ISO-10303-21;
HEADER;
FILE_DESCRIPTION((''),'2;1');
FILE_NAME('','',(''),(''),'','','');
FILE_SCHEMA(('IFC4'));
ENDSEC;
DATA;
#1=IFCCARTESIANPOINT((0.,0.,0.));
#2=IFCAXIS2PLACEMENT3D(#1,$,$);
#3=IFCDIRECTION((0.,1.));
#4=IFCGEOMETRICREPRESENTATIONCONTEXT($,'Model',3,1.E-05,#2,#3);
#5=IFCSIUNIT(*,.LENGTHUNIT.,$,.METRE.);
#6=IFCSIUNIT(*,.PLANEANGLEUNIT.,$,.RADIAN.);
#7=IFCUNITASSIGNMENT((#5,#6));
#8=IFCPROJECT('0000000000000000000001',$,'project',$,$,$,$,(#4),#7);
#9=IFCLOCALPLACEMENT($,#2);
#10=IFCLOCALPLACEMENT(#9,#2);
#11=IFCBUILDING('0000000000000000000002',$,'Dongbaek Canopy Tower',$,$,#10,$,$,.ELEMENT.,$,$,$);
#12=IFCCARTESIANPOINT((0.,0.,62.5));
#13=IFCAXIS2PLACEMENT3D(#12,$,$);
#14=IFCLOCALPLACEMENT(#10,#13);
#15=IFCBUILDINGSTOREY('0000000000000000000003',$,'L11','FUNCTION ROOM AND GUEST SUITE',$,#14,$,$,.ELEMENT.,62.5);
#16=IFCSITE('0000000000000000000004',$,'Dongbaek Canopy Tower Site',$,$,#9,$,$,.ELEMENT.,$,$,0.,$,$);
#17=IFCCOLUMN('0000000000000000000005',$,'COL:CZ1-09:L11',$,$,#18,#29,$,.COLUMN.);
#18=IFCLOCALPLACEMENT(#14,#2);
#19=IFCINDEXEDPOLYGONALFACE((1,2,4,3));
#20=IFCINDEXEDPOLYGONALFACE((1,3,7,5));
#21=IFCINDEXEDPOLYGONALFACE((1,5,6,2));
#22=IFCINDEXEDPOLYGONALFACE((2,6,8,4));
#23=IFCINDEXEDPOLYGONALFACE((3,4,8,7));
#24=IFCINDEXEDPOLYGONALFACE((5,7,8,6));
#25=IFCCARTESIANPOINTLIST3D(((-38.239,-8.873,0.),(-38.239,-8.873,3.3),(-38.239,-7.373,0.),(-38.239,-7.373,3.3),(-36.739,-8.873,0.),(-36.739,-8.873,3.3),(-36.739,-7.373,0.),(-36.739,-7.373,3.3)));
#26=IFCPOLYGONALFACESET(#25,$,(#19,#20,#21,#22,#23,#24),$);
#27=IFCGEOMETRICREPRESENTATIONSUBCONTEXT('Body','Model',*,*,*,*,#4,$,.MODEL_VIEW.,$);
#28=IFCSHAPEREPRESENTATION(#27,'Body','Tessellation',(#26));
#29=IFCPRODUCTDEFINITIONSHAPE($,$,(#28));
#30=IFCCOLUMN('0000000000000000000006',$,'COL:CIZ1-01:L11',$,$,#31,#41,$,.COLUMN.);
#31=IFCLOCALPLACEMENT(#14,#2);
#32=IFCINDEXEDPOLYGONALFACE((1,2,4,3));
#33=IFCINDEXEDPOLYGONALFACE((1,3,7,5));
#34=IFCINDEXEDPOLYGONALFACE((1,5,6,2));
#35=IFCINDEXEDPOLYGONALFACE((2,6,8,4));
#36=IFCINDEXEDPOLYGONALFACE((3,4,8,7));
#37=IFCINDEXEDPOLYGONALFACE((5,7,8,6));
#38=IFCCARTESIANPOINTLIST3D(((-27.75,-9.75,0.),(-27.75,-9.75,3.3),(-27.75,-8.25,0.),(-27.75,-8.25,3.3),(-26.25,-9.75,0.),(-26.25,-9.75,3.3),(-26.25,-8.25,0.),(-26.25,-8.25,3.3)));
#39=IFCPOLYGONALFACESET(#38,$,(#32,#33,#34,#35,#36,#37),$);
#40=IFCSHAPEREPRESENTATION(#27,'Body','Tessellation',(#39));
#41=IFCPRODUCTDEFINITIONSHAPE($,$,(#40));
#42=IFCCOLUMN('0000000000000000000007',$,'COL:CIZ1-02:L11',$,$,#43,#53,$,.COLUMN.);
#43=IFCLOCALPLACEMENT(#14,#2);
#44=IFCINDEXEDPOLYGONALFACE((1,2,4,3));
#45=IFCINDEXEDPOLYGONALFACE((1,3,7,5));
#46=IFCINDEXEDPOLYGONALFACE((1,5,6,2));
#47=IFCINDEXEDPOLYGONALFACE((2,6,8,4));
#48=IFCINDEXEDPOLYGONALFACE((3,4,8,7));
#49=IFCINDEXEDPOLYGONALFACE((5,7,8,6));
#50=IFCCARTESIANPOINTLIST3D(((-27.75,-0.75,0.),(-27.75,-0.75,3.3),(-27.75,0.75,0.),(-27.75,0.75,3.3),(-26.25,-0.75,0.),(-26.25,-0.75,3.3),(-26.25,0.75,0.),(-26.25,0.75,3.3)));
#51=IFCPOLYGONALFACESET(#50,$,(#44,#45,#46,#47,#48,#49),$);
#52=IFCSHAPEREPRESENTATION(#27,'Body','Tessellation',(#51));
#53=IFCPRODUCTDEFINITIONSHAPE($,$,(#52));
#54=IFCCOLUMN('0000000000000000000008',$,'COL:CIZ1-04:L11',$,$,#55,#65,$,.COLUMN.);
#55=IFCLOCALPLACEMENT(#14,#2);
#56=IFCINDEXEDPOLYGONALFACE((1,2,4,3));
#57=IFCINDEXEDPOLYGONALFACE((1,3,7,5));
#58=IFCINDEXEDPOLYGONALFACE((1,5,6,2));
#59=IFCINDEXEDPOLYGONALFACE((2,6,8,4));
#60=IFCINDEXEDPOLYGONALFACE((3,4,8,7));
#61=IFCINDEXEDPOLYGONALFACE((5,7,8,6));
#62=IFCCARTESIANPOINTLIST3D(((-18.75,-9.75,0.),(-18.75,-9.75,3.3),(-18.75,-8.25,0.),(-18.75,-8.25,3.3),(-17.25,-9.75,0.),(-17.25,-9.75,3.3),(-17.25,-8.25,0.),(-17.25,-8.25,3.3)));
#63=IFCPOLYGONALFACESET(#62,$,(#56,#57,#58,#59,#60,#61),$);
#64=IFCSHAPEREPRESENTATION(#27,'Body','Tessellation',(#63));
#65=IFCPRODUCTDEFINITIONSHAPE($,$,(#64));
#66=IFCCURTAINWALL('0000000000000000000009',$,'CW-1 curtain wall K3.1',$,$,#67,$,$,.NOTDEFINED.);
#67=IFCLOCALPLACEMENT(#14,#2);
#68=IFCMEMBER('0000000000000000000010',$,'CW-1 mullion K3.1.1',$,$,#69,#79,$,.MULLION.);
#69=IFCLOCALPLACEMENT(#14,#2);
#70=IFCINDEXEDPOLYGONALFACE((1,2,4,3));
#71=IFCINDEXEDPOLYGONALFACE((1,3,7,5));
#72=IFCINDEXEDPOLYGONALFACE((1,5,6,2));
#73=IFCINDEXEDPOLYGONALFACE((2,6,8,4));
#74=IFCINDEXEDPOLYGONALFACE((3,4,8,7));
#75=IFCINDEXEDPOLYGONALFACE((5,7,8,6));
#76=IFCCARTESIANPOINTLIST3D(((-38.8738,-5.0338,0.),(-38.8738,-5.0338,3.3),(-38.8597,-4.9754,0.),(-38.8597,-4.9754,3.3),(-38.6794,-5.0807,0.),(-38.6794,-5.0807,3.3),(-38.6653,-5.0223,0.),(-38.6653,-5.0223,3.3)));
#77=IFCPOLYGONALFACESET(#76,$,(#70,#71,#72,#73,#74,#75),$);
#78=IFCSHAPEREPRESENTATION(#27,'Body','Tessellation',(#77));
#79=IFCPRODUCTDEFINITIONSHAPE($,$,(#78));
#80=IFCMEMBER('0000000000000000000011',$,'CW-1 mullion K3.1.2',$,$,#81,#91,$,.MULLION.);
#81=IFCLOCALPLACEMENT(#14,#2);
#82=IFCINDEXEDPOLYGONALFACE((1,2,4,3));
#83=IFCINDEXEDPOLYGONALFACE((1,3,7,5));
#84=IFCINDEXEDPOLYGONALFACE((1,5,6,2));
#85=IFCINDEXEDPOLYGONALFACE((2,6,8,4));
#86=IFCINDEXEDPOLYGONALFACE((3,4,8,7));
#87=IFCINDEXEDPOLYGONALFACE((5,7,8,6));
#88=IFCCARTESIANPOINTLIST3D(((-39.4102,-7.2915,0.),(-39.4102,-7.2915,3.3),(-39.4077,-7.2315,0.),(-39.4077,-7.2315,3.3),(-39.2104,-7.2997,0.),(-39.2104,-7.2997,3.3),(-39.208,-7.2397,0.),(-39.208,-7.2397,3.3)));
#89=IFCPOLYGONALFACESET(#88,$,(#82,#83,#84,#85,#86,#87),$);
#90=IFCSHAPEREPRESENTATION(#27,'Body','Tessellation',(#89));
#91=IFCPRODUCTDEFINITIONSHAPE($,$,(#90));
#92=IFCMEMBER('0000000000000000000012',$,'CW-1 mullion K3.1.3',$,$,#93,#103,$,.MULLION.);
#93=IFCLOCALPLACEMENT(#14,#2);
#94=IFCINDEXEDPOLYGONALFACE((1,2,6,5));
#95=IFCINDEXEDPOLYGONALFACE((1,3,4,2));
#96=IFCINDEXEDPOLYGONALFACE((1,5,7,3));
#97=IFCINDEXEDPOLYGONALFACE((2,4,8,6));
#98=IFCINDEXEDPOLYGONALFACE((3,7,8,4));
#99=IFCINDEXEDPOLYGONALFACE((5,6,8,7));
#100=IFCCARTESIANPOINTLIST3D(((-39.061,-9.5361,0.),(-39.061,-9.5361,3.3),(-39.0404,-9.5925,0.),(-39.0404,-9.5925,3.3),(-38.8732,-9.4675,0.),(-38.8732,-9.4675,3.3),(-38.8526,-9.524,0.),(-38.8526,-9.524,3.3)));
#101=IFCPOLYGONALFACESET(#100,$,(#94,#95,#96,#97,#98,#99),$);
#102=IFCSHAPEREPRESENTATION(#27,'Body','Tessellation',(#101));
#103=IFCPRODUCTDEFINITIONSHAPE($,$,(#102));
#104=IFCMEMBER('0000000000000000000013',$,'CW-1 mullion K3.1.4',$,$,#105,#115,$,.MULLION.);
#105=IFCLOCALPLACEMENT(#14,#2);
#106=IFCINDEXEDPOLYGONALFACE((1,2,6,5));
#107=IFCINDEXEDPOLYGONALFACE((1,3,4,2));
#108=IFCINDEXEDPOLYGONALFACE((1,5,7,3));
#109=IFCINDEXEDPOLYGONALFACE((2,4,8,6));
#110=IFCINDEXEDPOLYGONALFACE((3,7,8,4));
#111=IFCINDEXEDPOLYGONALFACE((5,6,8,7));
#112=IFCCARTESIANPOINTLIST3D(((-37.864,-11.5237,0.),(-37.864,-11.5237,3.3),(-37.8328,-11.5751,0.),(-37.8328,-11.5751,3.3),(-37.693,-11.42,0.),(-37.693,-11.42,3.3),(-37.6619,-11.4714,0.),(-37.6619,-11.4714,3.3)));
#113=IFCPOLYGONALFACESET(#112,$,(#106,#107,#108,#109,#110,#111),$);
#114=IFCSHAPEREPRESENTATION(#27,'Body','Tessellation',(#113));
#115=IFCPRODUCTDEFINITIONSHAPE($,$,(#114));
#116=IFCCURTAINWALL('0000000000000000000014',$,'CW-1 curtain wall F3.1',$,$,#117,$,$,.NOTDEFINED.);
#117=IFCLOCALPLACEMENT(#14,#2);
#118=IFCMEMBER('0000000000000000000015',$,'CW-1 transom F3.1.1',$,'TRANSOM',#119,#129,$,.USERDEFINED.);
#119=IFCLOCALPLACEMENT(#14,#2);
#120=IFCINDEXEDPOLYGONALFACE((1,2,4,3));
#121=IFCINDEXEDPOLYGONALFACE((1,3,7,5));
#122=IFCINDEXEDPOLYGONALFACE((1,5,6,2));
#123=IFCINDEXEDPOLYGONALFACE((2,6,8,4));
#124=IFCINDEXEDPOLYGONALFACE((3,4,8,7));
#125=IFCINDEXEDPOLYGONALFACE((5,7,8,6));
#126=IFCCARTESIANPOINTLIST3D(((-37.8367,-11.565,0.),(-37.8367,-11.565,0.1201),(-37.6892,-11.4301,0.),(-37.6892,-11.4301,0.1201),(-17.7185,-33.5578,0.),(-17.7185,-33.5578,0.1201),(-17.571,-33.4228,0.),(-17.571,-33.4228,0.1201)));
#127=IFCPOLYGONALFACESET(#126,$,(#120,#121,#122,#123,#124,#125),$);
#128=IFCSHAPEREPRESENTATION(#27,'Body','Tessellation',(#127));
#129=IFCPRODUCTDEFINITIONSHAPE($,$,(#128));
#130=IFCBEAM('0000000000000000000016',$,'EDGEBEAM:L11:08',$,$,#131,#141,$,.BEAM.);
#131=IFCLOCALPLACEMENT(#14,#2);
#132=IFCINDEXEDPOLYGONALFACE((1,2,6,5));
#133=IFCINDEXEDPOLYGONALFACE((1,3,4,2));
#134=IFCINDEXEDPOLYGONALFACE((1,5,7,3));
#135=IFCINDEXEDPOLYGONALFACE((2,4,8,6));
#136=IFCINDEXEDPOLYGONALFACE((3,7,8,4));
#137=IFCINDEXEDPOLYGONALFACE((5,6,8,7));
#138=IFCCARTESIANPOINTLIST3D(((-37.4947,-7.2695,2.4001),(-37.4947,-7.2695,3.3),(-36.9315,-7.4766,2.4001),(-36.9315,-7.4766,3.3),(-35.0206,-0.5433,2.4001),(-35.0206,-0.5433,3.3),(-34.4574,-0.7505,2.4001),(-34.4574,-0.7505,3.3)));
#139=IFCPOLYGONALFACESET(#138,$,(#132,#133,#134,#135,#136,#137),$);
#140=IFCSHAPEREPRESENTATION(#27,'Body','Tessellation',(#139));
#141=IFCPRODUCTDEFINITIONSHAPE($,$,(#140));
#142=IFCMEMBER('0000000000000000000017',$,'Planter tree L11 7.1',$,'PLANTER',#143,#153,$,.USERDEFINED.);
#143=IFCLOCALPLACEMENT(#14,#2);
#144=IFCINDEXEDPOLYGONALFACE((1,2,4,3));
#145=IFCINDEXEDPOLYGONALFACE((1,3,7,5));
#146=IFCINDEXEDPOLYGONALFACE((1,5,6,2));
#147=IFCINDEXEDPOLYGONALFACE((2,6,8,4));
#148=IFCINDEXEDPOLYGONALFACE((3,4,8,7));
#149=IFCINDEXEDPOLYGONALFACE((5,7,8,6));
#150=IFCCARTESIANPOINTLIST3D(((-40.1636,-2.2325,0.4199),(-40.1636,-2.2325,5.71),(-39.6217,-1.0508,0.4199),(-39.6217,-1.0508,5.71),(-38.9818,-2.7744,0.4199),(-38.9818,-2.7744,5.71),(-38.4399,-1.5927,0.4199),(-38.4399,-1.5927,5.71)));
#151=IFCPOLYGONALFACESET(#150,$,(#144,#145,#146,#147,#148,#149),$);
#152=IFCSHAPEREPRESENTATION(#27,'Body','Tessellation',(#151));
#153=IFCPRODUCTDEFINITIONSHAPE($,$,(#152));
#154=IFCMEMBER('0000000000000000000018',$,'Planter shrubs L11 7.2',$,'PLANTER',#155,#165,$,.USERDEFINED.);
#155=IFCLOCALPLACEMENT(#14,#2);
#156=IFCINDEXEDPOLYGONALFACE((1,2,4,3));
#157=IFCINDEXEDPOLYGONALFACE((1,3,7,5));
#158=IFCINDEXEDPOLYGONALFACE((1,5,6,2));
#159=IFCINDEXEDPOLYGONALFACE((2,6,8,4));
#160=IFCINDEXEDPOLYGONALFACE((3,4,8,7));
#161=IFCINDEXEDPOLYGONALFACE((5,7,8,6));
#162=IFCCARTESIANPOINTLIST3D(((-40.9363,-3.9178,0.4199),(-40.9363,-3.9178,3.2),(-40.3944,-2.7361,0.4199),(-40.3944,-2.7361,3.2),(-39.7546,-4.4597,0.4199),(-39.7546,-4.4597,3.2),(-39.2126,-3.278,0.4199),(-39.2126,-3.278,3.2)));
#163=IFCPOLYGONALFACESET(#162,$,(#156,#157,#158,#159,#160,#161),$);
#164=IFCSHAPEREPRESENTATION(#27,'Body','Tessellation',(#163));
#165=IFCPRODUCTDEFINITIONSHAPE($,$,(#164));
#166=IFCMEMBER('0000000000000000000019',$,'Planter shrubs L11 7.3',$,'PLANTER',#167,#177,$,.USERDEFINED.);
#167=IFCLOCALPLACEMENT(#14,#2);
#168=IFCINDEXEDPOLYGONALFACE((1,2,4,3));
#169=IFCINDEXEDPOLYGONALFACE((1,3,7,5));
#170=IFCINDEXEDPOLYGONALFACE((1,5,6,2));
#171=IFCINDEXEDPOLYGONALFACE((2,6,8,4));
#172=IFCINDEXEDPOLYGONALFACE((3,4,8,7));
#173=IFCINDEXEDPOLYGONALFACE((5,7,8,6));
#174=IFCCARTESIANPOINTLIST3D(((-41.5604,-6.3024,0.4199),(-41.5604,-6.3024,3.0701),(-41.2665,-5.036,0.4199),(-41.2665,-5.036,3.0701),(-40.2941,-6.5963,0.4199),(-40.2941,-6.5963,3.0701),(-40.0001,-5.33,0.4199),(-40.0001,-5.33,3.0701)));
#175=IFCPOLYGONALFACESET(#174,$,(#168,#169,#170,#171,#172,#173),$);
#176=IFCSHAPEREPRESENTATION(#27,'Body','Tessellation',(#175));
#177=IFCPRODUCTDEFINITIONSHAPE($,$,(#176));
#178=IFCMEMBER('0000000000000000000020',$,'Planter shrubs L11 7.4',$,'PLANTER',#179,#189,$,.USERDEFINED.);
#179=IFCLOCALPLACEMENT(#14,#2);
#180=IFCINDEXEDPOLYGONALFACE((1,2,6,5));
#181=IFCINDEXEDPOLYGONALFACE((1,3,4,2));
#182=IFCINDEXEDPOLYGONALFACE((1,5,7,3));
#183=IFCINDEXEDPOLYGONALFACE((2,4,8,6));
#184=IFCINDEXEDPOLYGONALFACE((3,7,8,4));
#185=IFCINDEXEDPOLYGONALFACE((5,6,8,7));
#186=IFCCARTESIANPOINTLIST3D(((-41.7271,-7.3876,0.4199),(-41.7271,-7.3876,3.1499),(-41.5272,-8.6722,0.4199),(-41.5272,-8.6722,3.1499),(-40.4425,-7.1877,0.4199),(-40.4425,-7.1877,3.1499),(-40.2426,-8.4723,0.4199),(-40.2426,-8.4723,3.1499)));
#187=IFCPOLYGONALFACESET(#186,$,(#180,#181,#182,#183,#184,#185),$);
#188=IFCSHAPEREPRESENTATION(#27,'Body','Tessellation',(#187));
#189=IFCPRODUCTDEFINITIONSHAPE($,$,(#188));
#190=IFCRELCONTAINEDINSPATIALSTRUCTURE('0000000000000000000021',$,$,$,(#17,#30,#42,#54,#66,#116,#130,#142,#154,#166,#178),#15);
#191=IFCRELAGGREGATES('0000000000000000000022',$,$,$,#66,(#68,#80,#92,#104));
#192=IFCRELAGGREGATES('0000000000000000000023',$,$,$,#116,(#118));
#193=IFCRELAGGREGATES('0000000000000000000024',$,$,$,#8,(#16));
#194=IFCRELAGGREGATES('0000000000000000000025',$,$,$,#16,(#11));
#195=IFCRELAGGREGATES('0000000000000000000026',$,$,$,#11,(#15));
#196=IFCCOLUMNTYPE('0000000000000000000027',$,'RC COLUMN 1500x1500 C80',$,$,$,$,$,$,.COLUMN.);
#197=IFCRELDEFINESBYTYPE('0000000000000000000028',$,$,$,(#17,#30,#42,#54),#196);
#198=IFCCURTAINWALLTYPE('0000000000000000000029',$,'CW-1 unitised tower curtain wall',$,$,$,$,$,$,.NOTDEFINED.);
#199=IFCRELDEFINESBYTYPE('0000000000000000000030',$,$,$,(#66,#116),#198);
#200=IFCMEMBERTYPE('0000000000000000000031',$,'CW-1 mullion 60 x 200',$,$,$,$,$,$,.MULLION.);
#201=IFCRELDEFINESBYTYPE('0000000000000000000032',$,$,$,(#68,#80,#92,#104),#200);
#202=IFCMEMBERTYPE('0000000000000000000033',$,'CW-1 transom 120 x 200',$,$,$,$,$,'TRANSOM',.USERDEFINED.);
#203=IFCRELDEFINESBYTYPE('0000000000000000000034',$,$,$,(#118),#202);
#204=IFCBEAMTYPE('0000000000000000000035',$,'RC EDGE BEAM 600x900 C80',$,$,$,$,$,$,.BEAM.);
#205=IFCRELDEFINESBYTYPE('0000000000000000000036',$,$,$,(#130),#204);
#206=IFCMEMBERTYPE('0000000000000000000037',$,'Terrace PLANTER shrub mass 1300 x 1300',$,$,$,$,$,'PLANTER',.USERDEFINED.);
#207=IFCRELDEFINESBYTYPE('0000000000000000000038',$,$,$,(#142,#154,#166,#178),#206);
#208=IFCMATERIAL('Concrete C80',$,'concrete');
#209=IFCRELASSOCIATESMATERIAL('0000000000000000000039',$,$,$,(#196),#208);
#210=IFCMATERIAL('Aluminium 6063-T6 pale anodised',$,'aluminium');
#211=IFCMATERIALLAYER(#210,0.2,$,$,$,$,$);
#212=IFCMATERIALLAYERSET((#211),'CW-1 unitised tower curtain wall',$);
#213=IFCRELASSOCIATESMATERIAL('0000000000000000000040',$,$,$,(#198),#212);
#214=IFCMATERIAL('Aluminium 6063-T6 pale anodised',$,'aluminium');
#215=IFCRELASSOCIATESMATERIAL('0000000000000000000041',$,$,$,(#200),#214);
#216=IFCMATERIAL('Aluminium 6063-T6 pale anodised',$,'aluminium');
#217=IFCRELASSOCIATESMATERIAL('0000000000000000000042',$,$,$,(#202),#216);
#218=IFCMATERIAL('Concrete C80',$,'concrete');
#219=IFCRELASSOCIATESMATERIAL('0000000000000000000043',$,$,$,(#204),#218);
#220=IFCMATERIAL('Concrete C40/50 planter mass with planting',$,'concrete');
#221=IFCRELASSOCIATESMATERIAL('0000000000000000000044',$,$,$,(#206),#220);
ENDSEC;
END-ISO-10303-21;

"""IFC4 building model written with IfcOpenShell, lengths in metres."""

from ifc_helpers import new_model, si_unit, direction, frame, origin, origin_2d, place, context, subcontext, project, spatial, rectangle, extrude, material, layer, layer_set, material_profile, profile_set, type_object, element, aggregate, save


model = new_model("IFC4")

# Units and contexts
model_context = context("Model", 3, precision=1e-05, world=origin(), true_north=direction((0.0, 1.0)))
body_context = subcontext(model_context, "Body", "Model", "MODEL_VIEW")
ifc_project = project(units=[si_unit("LENGTHUNIT", "METRE"), si_unit("PLANEANGLEUNIT", "RADIAN")], contexts=[model_context])

# Site, building, storey
site_placement = place(None, origin())
site = spatial("IfcSite", under=ifc_project, at=site_placement, Name="Dongbaek Canopy Tower Site", CompositionType="ELEMENT", RefElevation=0.0)
building_placement = place(site_placement, origin())
building = spatial("IfcBuilding", under=site, at=building_placement, Name="Dongbaek Canopy Tower", CompositionType="ELEMENT")
storey_placement = place(building_placement, frame((0.0, 0.0, 62.5)))
storey = spatial("IfcBuildingStorey", under=building, at=storey_placement, Name="L11", Description="FUNCTION ROOM AND GUEST SUITE", CompositionType="ELEMENT", Elevation=62.5)

# Columns
ifc_material_1 = material(Name="Concrete C80", Category="concrete")
ifc_material_profile_1 = material_profile(ifc_material_1, rectangle(XDim=1.5, YDim=1.5, at=origin_2d()), Name="RC COLUMN 1500x1500 C80")
ifc_profile_set_1 = profile_set([ifc_material_profile_1], Name="Concrete C80")
column_type = type_object("IfcColumnType", Name="RC COLUMN 1500x1500 C80", PredefinedType="COLUMN", material=ifc_profile_set_1)
for number, where, z_axis, x_axis, name in (
    (1, (-37.489, -8.123, 0.0), (0.0, 0.0, 1.0), (1.0, 0.0, 0.0), "COL:CZ1-09:L11"),
    (2, (-27.0, -9.0, 0.0), (0.0, 0.0, 1.0), (1.0, 0.0, 0.0), "COL:CIZ1-01:L11"),
    (3, (-27.0, 0.0, 0.0), (0.0, 0.0, 1.0), (1.0, 0.0, 0.0), "COL:CIZ1-02:L11"),
    (4, (-18.0, -9.0, 0.0), (0.0, 0.0, 1.0), (1.0, 0.0, 0.0), "COL:CIZ1-04:L11"),
):
    element("IfcColumn", number, at=place(storey_placement, frame(where, z_axis=z_axis, x_axis=x_axis)), inside=storey, type_object=column_type, Name=name, PredefinedType="COLUMN", context=body_context, shape_type="SweptSolid", body=[
        extrude(rectangle(XDim=1.5, YDim=1.5, at=origin_2d()), origin(), (0.0, 0.0, 1.0), 3.3),
    ])

# Curtain wall, members
ifc_material_2 = material(Name="Aluminium 6063-T6 pale anodised", Category="aluminium")
ifc_layer_1 = layer(ifc_material_2, 0.2)
ifc_layer_set_1 = layer_set([ifc_layer_1], Name="CW-1 unitised tower curtain wall")
curtain_wall_type = type_object("IfcCurtainWallType", Name="CW-1 unitised tower curtain wall", PredefinedType="NOTDEFINED", material=ifc_layer_set_1)
curtain_wall_1_placement = place(storey_placement, origin())
curtain_wall_1 = element("IfcCurtainWall", 5, at=curtain_wall_1_placement, inside=storey, type_object=curtain_wall_type, Name="CW-1 curtain wall K3.1", PredefinedType="NOTDEFINED")
ifc_material_3 = material(Name="Aluminium 6063-T6 pale anodised", Category="aluminium")
ifc_material_profile_2 = material_profile(ifc_material_3, rectangle(XDim=0.2, YDim=0.0601, at=origin_2d()), Name="CW-1 mullion 60 x 200")
ifc_profile_set_2 = profile_set([ifc_material_profile_2], Name="Aluminium 6063-T6 pale anodised")
member_type_1 = type_object("IfcMemberType", Name="CW-1 mullion 60 x 200", PredefinedType="MULLION", material=ifc_profile_set_2)
member_1_placement = place(storey_placement, frame((-38.7695, -5.0281, 0.0), z_axis=(0.0, 0.0, 1.0), x_axis=(-0.972134, 0.234426, 0.0)))
member_1 = element("IfcMember", 6, at=member_1_placement, type_object=member_type_1, Name="CW-1 mullion K3.1.1", PredefinedType="MULLION", context=body_context, shape_type="SweptSolid", body=[
    extrude(rectangle(XDim=0.2, YDim=0.0601, at=origin_2d()), origin(), (0.0, 0.0, 1.0), 3.3),
])
member_2_placement = place(storey_placement, frame((-39.3091, -7.2656, 0.0), z_axis=(0.0, 0.0, 1.0), x_axis=(-0.999155, 0.041109, 0.0)))
member_2 = element("IfcMember", 7, at=member_2_placement, type_object=member_type_1, Name="CW-1 mullion K3.1.2", PredefinedType="MULLION", context=body_context, shape_type="SweptSolid", body=[
    extrude(rectangle(XDim=0.2, YDim=0.0601, at=origin_2d()), origin(), (0.0, 0.0, 1.0), 3.3),
])
member_3_placement = place(storey_placement, frame((-38.9568, -9.53, 0.0), z_axis=(0.0, 0.0, 1.0), x_axis=(-0.939409, -0.342799, 0.0)))
member_3 = element("IfcMember", 8, at=member_3_placement, type_object=member_type_1, Name="CW-1 mullion K3.1.3", PredefinedType="MULLION", context=body_context, shape_type="SweptSolid", body=[
    extrude(rectangle(XDim=0.2, YDim=0.0601, at=origin_2d()), origin(), (0.0, 0.0, 1.0), 3.3),
])
member_4_placement = place(storey_placement, frame((-37.7629, -11.4976, 0.0), z_axis=(0.0, 0.0, 1.0), x_axis=(-0.854919, -0.518762, 0.0)))
member_4 = element("IfcMember", 9, at=member_4_placement, type_object=member_type_1, Name="CW-1 mullion K3.1.4", PredefinedType="MULLION", context=body_context, shape_type="SweptSolid", body=[
    extrude(rectangle(XDim=0.2, YDim=0.0601, at=origin_2d()), origin(), (0.0, 0.0, 1.0), 3.3),
])

# Curtain wall, member
curtain_wall_2_placement = place(storey_placement, origin())
curtain_wall_2 = element("IfcCurtainWall", 10, at=curtain_wall_2_placement, inside=storey, type_object=curtain_wall_type, Name="CW-1 curtain wall F3.1", PredefinedType="NOTDEFINED")
ifc_material_4 = material(Name="Aluminium 6063-T6 pale anodised", Category="aluminium")
ifc_material_profile_3 = material_profile(ifc_material_4, rectangle(XDim=0.2, YDim=0.1201, at=origin_2d()), Name="CW-1 transom 120 x 200")
ifc_profile_set_3 = profile_set([ifc_material_profile_3], Name="Aluminium 6063-T6 pale anodised")
member_type_2 = type_object("IfcMemberType", Name="CW-1 transom 120 x 200", ElementType="TRANSOM", PredefinedType="USERDEFINED", material=ifc_profile_set_3)
member_5_placement = place(storey_placement, frame((-37.7629, -11.4976, 0.0601), z_axis=(0.674962, -0.737852, 0.0), x_axis=(0.737852, 0.674962, 0.0)))
member_5 = element("IfcMember", 11, at=member_5_placement, type_object=member_type_2, Name="CW-1 transom F3.1.1", ObjectType="TRANSOM", PredefinedType="USERDEFINED", context=body_context, shape_type="SweptSolid", body=[
    extrude(rectangle(XDim=0.2, YDim=0.1201, at=origin_2d()), origin(), (0.0, 0.0, 1.0), 29.8064),
])

# Beam
ifc_material_5 = material(Name="Concrete C80", Category="concrete")
ifc_material_profile_4 = material_profile(ifc_material_5, rectangle(XDim=0.6001, YDim=0.8999, at=origin_2d()), Name="RC EDGE BEAM 600x900 C80")
ifc_profile_set_4 = profile_set([ifc_material_profile_4], Name="Concrete C80")
beam_type = type_object("IfcBeamType", Name="RC EDGE BEAM 600x900 C80", PredefinedType="BEAM", material=ifc_profile_set_4)
beam_placement = place(storey_placement, frame((-37.2131, -7.373, 2.8501), z_axis=(0.345225, 0.93852, 0.0), x_axis=(-0.93852, 0.345225, 0.0)))
element("IfcBeam", 12, at=beam_placement, inside=storey, type_object=beam_type, Name="EDGEBEAM:L11:08", PredefinedType="BEAM", context=body_context, shape_type="SweptSolid", body=[
    extrude(rectangle(XDim=0.6001, YDim=0.8999, at=origin_2d()), origin(), (0.0, 0.0, 1.0), 7.1667),
])

# Members
ifc_material_6 = material(Name="Concrete C40/50 planter mass with planting", Category="concrete")
ifc_material_profile_5 = material_profile(ifc_material_6, rectangle(XDim=1.3, YDim=1.3, at=origin_2d()), Name="Terrace PLANTER shrub mass 1300 x 1300")
ifc_profile_set_5 = profile_set([ifc_material_profile_5], Name="Concrete C40/50 planter mass with planting")
member_type_3 = type_object("IfcMemberType", Name="Terrace PLANTER shrub mass 1300 x 1300", ElementType="PLANTER", PredefinedType="USERDEFINED", material=ifc_profile_set_5)
member_6_placement = place(storey_placement, frame((-39.3018, -1.9126, 0.4199), z_axis=(0.0, 0.0, 1.0), x_axis=(-0.908982, 0.416834, 0.0)))
element("IfcMember", 13, at=member_6_placement, inside=storey, type_object=member_type_3, Name="Planter tree L11 7.1", ObjectType="PLANTER", PredefinedType="USERDEFINED", context=body_context, shape_type="SweptSolid", body=[
    extrude(rectangle(XDim=1.3, YDim=1.3, at=origin_2d()), origin(), (0.0, 0.0, 1.0), 5.29),
])
member_7_placement = place(storey_placement, frame((-40.0745, -3.5979, 0.4199), z_axis=(0.0, 0.0, 1.0), x_axis=(-0.908982, 0.416834, 0.0)))
element("IfcMember", 14, at=member_7_placement, inside=storey, type_object=member_type_3, Name="Planter shrubs L11 7.2", ObjectType="PLANTER", PredefinedType="USERDEFINED", context=body_context, shape_type="SweptSolid", body=[
    extrude(rectangle(XDim=1.3, YDim=1.3, at=origin_2d()), origin(), (0.0, 0.0, 1.0), 2.78),
])
member_8_placement = place(storey_placement, frame((-40.7803, -5.8162, 0.4199), z_axis=(0.0, 0.0, 1.0), x_axis=(-0.974101, 0.226113, 0.0)))
element("IfcMember", 15, at=member_8_placement, inside=storey, type_object=member_type_3, Name="Planter shrubs L11 7.3", ObjectType="PLANTER", PredefinedType="USERDEFINED", context=body_context, shape_type="SweptSolid", body=[
    extrude(rectangle(XDim=1.3, YDim=1.3, at=origin_2d()), origin(), (0.0, 0.0, 1.0), 2.6501),
])
member_9_placement = place(storey_placement, frame((-40.9849, -7.9299, 0.4199), z_axis=(0.0, 0.0, 1.0), x_axis=(-0.988106, -0.153774, 0.0)))
element("IfcMember", 16, at=member_9_placement, inside=storey, type_object=member_type_3, Name="Planter shrubs L11 7.4", ObjectType="PLANTER", PredefinedType="USERDEFINED", context=body_context, shape_type="SweptSolid", body=[
    extrude(rectangle(XDim=1.3, YDim=1.3, at=origin_2d()), origin(), (0.0, 0.0, 1.0), 2.73),
])

aggregate(curtain_wall_1, [member_1, member_2, member_3, member_4])

aggregate(curtain_wall_2, [member_5])

save(model, "model.ifc")
